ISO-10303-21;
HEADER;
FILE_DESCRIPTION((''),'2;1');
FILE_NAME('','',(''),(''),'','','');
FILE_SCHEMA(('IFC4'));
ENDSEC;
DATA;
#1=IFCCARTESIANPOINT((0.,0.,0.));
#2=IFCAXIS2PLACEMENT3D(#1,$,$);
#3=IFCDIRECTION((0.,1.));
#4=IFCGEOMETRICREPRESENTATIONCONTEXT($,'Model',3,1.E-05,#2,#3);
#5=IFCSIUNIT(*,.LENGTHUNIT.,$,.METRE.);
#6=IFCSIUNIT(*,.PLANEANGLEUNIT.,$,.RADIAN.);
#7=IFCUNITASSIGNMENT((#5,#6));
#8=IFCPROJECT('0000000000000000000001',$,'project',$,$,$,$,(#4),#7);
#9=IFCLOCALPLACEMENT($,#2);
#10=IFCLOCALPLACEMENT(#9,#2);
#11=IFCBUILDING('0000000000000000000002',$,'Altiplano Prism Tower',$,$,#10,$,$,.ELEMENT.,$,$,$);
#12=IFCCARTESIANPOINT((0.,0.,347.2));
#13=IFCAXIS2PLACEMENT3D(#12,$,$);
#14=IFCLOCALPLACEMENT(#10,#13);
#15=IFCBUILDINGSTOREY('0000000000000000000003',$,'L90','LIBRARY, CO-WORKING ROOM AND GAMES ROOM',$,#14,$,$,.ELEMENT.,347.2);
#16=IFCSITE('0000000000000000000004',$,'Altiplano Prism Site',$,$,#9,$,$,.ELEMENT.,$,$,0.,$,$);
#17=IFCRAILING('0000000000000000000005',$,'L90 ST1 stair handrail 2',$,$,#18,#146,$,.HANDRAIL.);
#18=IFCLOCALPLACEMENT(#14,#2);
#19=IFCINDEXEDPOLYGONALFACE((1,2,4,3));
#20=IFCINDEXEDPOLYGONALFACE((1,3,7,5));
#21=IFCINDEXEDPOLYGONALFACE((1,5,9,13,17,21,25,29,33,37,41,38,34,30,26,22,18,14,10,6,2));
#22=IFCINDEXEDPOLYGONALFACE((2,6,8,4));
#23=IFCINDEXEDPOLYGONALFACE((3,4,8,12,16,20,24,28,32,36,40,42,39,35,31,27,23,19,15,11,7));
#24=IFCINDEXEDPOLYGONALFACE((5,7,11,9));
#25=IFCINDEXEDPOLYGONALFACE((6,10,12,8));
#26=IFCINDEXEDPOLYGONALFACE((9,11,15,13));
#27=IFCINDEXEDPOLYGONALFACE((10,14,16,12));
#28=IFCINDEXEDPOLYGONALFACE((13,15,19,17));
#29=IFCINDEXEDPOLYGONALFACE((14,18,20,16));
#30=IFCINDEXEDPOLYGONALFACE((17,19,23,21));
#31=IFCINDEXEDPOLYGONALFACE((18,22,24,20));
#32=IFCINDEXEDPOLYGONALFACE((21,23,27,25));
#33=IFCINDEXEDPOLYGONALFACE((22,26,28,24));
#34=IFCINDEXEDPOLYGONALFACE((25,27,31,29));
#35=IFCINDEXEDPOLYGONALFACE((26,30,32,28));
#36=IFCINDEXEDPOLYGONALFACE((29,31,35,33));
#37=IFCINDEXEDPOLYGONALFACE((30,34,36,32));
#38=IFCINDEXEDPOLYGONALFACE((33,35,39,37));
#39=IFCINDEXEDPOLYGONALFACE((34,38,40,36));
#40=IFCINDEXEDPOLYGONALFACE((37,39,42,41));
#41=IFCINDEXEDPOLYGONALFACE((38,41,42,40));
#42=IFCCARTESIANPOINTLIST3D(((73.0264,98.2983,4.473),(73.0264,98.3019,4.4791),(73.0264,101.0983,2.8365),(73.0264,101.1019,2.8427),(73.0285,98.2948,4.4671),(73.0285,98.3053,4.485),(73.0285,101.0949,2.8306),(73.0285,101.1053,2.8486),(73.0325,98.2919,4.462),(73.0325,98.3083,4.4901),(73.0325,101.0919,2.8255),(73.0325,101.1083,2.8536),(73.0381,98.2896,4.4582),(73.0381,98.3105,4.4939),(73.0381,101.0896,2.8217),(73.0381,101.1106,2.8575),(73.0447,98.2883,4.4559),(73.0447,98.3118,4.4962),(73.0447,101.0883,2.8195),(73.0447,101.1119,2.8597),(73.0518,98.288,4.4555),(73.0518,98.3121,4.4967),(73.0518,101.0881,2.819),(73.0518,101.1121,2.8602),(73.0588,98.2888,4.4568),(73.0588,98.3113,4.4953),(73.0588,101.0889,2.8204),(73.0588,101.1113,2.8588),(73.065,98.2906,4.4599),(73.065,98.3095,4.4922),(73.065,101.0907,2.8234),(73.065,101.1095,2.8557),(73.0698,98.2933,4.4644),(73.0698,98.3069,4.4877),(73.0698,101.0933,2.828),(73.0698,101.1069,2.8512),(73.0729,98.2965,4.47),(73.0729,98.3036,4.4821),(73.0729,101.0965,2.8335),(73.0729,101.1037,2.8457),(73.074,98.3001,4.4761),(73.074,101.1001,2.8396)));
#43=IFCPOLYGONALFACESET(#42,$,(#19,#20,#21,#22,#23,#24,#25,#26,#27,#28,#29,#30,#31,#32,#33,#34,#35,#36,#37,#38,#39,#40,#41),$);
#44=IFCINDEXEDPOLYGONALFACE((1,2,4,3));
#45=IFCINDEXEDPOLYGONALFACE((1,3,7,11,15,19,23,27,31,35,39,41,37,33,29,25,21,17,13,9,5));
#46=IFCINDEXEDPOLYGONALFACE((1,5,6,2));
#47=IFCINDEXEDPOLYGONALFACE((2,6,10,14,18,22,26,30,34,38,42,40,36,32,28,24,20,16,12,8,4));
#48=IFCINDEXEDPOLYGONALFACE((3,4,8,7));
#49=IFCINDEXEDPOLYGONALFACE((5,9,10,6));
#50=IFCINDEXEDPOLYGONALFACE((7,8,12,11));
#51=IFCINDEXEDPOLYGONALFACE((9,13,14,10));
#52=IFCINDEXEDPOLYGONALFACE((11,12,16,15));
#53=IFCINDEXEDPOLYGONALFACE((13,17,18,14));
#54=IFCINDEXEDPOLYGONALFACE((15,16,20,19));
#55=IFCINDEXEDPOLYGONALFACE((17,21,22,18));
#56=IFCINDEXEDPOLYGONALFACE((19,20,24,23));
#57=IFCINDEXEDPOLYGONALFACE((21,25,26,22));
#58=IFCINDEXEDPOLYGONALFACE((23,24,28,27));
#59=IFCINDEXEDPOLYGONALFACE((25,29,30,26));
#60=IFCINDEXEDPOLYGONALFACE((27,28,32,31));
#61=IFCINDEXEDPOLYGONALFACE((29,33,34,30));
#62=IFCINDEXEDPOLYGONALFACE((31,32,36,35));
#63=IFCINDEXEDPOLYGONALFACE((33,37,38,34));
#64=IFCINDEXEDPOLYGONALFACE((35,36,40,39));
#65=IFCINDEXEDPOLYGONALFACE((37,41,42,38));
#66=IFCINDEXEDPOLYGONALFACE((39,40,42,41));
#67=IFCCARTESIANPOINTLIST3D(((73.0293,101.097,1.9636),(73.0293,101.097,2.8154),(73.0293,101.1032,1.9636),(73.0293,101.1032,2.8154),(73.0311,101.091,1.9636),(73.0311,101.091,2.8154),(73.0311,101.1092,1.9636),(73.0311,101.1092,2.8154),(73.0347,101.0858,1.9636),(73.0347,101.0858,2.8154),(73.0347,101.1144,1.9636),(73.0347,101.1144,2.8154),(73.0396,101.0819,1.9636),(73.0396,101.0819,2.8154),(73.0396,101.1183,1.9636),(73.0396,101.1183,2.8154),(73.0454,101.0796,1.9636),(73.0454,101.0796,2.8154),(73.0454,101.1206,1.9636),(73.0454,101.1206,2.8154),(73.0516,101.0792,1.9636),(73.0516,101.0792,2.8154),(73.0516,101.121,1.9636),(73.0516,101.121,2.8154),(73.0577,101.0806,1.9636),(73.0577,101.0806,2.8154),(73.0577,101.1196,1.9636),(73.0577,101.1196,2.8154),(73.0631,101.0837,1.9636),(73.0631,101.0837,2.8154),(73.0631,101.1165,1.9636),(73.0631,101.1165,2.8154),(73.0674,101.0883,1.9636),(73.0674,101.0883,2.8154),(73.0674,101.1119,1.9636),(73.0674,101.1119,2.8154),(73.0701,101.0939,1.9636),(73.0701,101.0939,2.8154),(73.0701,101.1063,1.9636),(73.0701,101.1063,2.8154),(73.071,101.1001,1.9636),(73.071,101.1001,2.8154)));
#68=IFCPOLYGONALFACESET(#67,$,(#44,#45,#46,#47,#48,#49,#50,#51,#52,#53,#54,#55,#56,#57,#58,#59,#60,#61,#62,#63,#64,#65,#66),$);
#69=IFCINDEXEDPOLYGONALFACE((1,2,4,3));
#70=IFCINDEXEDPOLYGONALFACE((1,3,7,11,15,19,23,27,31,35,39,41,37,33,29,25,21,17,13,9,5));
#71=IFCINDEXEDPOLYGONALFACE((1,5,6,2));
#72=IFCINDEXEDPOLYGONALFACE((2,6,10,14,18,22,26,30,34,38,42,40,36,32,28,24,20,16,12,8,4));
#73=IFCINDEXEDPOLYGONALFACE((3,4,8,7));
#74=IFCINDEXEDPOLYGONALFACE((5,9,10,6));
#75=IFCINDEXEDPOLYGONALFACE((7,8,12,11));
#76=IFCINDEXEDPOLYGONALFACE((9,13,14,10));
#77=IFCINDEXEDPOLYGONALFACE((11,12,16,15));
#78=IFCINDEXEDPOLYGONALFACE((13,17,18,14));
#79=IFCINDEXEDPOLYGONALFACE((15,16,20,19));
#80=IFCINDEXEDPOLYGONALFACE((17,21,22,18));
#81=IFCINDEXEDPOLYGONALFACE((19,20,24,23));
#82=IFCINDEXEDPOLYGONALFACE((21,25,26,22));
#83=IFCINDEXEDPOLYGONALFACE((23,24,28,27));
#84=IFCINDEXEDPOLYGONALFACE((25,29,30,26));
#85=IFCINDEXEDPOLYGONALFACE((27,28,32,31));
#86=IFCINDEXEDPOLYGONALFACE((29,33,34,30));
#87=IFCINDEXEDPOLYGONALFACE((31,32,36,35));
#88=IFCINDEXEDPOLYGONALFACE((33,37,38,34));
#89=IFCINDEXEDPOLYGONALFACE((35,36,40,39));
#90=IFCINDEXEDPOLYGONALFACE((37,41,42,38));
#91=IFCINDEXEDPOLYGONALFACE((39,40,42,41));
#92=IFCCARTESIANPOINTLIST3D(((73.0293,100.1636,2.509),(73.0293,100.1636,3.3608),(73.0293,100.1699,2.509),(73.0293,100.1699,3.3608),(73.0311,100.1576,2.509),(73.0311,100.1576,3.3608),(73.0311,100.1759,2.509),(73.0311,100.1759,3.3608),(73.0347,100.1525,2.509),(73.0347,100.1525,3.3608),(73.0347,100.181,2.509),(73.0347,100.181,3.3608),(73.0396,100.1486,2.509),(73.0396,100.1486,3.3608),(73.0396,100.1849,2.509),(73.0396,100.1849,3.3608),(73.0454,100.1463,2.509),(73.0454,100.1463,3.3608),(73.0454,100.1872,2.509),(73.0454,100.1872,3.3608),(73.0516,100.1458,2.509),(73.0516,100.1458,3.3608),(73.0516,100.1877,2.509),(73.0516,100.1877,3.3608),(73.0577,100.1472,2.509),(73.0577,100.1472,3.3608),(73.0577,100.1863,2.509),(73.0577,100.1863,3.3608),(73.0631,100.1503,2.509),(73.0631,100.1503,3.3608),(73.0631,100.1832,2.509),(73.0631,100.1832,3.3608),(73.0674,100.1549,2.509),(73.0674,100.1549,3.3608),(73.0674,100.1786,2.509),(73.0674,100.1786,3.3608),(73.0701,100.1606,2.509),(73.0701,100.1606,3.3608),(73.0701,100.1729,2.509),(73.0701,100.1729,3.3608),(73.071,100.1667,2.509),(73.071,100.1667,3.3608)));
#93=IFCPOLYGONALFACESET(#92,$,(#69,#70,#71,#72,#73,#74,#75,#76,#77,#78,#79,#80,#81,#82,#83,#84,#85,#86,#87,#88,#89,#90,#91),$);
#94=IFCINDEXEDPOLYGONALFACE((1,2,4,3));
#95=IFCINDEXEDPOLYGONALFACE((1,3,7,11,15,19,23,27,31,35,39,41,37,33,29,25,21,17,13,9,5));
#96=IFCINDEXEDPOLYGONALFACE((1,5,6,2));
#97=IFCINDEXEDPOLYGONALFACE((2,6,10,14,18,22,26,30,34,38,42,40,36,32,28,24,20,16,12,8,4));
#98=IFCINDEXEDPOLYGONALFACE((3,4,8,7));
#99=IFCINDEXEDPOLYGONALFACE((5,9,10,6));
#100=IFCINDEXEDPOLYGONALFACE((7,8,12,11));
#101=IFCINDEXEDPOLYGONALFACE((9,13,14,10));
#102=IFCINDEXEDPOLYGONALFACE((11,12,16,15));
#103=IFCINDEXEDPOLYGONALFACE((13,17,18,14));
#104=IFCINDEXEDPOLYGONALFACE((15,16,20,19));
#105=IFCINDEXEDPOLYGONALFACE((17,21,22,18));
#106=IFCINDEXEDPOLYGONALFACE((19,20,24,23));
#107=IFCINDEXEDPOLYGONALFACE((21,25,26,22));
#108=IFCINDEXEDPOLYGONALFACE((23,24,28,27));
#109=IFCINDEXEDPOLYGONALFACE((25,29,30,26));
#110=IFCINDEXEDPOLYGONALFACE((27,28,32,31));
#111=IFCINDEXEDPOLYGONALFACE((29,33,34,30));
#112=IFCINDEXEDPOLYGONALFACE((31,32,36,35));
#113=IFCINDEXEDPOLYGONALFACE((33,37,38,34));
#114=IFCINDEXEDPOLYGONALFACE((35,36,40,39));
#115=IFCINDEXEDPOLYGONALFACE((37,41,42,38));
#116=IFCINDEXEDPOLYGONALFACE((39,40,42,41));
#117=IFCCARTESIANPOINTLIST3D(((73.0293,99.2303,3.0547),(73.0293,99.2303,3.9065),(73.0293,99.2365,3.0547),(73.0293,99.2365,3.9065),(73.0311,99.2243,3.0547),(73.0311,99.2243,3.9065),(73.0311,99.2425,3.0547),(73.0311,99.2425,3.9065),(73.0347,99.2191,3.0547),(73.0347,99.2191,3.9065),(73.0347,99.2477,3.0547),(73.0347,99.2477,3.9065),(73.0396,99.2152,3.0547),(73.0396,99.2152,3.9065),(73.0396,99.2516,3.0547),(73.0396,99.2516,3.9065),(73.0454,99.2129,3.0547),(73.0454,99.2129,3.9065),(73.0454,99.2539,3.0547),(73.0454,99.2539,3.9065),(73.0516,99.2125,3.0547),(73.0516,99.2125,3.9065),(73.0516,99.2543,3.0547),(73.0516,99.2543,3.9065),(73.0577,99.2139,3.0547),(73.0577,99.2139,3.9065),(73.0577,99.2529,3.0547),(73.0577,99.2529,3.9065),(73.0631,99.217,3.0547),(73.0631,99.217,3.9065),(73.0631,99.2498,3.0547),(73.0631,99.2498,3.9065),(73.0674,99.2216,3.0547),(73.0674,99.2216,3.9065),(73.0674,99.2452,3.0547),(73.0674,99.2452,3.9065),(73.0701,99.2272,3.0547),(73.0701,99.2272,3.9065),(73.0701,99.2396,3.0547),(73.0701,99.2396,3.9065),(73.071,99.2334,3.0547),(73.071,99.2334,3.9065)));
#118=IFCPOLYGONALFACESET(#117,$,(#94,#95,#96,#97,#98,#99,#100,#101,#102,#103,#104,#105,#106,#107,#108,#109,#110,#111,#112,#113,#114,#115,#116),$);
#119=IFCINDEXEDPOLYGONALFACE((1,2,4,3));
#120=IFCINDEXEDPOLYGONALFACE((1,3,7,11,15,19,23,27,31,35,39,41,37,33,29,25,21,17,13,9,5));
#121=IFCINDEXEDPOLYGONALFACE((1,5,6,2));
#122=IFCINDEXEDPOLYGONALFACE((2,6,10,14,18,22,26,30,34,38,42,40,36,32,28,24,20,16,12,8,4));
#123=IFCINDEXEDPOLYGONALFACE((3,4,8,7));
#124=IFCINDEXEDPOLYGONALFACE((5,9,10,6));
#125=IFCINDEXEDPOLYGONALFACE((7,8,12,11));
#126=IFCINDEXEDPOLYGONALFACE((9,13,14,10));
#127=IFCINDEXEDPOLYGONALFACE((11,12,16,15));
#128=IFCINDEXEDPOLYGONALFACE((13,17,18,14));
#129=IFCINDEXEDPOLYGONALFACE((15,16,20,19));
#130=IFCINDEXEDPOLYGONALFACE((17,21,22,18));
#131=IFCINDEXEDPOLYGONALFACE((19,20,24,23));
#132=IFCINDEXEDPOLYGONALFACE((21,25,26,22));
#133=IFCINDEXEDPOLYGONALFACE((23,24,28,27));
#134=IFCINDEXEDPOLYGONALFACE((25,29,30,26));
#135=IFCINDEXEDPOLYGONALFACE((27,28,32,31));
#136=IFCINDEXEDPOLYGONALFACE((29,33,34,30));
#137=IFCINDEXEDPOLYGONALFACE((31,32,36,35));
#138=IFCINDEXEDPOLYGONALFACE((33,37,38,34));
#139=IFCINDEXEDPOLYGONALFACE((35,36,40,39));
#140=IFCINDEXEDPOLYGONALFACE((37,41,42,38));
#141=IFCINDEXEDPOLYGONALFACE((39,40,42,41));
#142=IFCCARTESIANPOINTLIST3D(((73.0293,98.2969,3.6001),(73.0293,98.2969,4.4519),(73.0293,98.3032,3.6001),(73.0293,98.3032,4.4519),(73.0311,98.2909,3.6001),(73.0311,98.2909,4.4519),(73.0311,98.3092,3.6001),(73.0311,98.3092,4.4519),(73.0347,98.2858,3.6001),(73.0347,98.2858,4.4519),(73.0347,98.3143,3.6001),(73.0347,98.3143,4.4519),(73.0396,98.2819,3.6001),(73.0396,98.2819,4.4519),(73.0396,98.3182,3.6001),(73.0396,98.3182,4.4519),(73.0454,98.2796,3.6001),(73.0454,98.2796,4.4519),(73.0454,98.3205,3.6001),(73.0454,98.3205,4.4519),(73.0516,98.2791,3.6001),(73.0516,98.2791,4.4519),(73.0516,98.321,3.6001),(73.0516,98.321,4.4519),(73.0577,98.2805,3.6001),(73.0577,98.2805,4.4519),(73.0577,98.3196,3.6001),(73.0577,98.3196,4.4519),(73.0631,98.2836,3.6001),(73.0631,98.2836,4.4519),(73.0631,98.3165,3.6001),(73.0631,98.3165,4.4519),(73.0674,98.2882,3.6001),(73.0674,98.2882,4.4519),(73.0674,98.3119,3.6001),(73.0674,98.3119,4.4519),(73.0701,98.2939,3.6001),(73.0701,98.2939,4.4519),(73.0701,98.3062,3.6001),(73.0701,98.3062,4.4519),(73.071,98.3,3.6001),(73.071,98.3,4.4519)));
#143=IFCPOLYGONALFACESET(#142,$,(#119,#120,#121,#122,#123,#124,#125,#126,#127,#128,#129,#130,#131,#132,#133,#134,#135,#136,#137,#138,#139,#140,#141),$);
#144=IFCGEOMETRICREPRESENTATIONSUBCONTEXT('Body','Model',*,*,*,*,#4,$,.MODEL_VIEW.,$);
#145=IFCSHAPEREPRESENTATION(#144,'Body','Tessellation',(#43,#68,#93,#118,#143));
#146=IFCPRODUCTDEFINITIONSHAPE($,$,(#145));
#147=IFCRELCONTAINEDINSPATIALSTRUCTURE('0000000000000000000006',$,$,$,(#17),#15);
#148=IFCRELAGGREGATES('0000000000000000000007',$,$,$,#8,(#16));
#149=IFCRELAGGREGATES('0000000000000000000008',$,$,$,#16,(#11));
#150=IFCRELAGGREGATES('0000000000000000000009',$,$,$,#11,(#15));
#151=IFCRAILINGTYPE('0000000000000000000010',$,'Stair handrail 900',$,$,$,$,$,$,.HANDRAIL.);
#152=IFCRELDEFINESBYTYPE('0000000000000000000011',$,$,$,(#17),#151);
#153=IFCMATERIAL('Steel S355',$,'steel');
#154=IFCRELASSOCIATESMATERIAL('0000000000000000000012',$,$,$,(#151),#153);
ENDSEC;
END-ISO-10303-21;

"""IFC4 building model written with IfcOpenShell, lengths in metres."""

from ifc_helpers import new_model, si_unit, direction, frame, origin, origin_2d, place, context, subcontext, project, spatial, circle, extrude, material, type_object, element, save


model = new_model("IFC4")

# Units and contexts
model_context = context("Model", 3, precision=1e-05, world=origin(), true_north=direction((0.0, 1.0)))
body_context = subcontext(model_context, "Body", "Model", "MODEL_VIEW")
ifc_project = project(units=[si_unit("LENGTHUNIT", "METRE"), si_unit("PLANEANGLEUNIT", "RADIAN")], contexts=[model_context])

# Site, building, storey
site_placement = place(None, origin())
site = spatial("IfcSite", under=ifc_project, at=site_placement, Name="Altiplano Prism Site", CompositionType="ELEMENT", RefElevation=0.0)
building_placement = place(site_placement, origin())
building = spatial("IfcBuilding", under=site, at=building_placement, Name="Altiplano Prism Tower", CompositionType="ELEMENT")
storey_placement = place(building_placement, frame((0.0, 0.0, 347.2)))
storey = spatial("IfcBuildingStorey", under=building, at=storey_placement, Name="L90", Description="LIBRARY, CO-WORKING ROOM AND GAMES ROOM", CompositionType="ELEMENT", Elevation=347.2)

# Railing
ifc_material_1 = material(Name="Steel S355", Category="steel")
railing_type_1 = type_object("IfcRailingType", Name="Stair handrail 900", PredefinedType="HANDRAIL", material=ifc_material_1)
railing_1_placement = place(storey_placement, frame((73.05, 101.1001, 1.9636)))
element("IfcRailing", 1, at=railing_1_placement, inside=storey, type_object=railing_type_1, Name="L90 ST1 stair handrail 2", PredefinedType="HANDRAIL", context=body_context, shape_type="SweptSolid", body=[
    extrude(circle(Radius=0.0239, at=origin_2d()), frame((0.0, 0.0, 0.876), z_axis=(0.0, -0.863361, 0.504587), x_axis=(1.0, 0.0, 0.0)), (0.0, 0.0, 1.0), 3.2432),
    extrude(circle(Radius=0.021, at=origin_2d()), origin(), (0.0, 0.0, 1.0), 0.8518),
    extrude(circle(Radius=0.021, at=origin_2d()), frame((0.0, -0.9333, 0.5454)), (0.0, 0.0, 1.0), 0.8518),
    extrude(circle(Radius=0.021, at=origin_2d()), frame((0.0, -1.8667, 1.0911)), (0.0, 0.0, 1.0), 0.8518),
    extrude(circle(Radius=0.021, at=origin_2d()), frame((0.0, -2.8, 1.6365)), (0.0, 0.0, 1.0), 0.8518),
])

save(model, "model.ifc")
